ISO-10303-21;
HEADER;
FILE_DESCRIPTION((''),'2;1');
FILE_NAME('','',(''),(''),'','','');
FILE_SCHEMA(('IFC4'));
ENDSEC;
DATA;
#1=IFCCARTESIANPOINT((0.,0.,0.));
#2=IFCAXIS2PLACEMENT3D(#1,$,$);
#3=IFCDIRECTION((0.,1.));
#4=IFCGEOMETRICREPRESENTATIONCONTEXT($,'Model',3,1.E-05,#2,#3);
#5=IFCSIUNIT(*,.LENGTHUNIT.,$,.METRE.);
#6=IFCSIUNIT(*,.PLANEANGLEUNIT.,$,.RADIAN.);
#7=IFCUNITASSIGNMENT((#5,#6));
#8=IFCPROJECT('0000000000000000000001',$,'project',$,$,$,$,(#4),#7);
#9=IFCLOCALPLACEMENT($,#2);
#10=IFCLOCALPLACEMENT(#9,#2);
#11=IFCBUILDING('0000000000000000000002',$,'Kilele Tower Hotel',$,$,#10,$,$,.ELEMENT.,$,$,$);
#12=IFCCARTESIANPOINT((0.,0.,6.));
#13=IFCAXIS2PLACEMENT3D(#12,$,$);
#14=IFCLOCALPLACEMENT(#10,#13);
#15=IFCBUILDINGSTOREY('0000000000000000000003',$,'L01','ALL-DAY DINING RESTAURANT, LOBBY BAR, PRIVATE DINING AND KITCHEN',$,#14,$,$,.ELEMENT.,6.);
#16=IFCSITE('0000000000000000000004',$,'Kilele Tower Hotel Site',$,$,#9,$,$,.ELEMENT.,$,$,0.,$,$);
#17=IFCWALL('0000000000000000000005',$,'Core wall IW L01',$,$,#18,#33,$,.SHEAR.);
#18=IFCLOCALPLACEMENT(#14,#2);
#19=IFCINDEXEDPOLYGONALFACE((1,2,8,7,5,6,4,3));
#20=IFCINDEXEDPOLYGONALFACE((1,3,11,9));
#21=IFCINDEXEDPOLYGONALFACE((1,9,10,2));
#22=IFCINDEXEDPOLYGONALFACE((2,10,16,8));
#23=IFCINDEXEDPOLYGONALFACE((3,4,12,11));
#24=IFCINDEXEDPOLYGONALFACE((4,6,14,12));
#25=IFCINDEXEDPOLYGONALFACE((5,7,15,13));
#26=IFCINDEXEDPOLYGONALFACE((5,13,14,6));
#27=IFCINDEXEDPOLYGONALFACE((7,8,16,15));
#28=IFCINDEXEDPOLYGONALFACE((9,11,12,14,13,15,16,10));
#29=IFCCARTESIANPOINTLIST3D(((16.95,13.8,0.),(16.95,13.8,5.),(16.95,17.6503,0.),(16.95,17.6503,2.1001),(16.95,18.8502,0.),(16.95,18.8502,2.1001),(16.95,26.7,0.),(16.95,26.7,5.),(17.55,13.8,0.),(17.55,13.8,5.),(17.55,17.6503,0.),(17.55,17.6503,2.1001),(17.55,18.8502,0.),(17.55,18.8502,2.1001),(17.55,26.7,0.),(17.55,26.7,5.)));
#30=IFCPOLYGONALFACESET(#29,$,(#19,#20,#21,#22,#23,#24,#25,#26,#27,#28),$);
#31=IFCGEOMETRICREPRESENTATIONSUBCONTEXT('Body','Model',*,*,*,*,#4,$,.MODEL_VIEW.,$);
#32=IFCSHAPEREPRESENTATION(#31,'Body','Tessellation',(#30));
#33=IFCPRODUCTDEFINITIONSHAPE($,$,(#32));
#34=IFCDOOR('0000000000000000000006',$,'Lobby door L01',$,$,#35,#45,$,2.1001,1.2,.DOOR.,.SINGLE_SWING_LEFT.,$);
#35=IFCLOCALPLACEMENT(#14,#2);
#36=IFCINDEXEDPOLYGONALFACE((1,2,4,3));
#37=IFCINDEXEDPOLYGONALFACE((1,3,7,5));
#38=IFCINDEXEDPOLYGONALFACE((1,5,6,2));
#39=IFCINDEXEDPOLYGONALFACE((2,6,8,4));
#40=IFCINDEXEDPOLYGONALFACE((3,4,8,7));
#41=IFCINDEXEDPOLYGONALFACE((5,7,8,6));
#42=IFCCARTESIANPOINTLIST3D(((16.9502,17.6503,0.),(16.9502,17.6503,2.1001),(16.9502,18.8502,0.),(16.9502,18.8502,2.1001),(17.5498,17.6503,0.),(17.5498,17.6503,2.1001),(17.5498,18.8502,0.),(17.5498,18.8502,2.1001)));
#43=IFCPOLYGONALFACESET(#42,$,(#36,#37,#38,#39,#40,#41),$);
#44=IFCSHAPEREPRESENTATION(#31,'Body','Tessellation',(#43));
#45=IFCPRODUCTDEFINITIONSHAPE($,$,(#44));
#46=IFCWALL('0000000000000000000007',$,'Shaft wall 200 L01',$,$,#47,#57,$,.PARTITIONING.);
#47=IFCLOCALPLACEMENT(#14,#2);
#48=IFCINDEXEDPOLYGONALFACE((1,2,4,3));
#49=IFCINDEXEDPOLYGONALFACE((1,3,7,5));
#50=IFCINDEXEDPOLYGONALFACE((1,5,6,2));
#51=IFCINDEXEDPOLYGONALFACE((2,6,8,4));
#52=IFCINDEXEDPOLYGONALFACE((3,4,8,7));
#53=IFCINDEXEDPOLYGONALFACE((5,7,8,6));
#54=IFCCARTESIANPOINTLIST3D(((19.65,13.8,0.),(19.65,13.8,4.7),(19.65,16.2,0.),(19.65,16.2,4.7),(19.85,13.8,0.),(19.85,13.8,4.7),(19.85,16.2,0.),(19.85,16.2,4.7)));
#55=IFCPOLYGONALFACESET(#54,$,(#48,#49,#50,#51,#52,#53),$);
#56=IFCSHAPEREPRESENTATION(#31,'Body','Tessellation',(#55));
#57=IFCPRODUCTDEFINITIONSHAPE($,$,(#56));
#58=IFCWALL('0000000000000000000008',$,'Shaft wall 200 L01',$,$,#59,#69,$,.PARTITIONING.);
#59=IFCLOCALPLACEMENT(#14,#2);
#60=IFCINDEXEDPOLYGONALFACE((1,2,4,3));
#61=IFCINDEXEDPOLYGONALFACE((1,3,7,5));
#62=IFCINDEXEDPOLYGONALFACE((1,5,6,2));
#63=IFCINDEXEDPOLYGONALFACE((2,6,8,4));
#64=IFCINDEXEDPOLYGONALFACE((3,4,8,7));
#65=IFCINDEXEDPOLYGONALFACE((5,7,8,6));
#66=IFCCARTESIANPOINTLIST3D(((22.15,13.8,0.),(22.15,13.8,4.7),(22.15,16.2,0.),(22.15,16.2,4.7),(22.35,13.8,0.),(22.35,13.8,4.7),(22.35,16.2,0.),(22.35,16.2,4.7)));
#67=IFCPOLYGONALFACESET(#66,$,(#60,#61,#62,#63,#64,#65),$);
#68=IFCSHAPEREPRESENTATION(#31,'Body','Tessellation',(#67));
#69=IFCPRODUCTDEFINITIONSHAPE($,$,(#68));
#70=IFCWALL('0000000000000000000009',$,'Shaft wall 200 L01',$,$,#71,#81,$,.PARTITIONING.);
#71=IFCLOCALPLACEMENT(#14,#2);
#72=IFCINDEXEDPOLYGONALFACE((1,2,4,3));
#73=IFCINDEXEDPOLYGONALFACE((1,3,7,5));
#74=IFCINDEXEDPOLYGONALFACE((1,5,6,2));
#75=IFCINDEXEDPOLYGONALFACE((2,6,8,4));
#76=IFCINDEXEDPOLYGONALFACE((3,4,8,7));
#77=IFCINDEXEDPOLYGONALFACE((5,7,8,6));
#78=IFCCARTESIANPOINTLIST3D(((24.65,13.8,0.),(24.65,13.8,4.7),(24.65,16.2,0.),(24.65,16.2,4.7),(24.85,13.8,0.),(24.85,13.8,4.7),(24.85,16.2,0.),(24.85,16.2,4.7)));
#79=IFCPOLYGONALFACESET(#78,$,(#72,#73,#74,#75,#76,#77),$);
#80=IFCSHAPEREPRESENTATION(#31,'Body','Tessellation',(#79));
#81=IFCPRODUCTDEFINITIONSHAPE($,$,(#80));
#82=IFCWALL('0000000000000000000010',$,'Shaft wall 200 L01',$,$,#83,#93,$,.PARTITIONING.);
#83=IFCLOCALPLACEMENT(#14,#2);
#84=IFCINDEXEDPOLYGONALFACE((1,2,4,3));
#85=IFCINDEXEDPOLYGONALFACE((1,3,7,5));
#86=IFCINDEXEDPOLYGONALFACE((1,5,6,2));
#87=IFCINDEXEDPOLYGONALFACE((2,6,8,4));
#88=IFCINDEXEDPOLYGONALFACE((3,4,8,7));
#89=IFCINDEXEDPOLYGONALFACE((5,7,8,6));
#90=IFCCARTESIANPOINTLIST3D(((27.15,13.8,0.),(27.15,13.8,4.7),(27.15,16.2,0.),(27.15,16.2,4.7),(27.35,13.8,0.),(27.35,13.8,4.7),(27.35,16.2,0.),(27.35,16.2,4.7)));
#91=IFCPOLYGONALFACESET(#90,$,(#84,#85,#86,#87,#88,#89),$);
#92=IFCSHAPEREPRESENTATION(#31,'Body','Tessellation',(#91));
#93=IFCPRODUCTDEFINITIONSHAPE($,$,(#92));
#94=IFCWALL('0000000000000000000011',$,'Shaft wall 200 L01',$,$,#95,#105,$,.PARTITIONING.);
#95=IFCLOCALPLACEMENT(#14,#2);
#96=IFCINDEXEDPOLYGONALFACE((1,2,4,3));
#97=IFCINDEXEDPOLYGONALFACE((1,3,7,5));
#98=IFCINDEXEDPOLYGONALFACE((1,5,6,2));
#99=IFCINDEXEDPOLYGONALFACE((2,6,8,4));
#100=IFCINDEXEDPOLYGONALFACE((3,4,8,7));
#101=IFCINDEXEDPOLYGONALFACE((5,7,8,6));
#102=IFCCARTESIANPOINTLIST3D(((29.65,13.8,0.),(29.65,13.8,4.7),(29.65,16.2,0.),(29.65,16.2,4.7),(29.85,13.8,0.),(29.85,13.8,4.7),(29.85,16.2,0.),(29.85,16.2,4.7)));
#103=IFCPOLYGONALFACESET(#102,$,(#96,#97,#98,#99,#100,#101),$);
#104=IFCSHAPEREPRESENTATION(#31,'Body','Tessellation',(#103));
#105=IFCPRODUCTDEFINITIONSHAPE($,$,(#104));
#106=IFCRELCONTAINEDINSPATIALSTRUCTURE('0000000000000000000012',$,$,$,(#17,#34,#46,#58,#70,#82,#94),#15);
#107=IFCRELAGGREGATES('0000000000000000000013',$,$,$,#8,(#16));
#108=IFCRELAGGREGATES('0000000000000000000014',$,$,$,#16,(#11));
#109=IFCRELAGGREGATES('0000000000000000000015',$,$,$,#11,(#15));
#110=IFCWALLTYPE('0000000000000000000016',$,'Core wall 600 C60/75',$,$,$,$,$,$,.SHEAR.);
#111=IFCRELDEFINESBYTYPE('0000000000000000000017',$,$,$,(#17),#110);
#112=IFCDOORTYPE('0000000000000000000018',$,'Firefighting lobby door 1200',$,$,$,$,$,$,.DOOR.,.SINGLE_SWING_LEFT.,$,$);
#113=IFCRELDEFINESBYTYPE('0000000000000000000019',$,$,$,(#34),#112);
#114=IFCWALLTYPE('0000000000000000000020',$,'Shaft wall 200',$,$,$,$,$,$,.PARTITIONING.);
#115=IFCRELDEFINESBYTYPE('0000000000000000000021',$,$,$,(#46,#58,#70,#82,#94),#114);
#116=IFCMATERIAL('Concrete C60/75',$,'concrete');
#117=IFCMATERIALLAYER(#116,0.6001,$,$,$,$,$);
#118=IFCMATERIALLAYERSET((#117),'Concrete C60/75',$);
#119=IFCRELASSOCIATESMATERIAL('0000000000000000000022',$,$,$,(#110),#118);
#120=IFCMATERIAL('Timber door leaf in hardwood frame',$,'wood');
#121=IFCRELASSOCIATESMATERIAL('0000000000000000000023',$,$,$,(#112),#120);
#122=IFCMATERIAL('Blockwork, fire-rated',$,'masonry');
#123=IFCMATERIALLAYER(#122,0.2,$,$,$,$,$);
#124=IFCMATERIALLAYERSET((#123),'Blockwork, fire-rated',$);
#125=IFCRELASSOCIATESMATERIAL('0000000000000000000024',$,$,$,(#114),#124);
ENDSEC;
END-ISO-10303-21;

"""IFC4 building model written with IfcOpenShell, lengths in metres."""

from ifc_helpers import new_model, si_unit, direction, frame, frame_2d, origin, place, context, subcontext, project, spatial, rectangle, extrude, material, layer, layer_set, type_object, element, fill, save


model = new_model("IFC4")

# Units and contexts
model_context = context("Model", 3, precision=1e-05, world=origin(), true_north=direction((0.0, 1.0)))
body_context = subcontext(model_context, "Body", "Model", "MODEL_VIEW")
ifc_project = project(units=[si_unit("LENGTHUNIT", "METRE"), si_unit("PLANEANGLEUNIT", "RADIAN")], contexts=[model_context])

# Site, building, storey
site_placement = place(None, origin())
site = spatial("IfcSite", under=ifc_project, at=site_placement, Name="Kilele Tower Hotel Site", CompositionType="ELEMENT", RefElevation=0.0)
building_placement = place(site_placement, origin())
building = spatial("IfcBuilding", under=site, at=building_placement, Name="Kilele Tower Hotel", CompositionType="ELEMENT")
storey_placement = place(building_placement, frame((0.0, 0.0, 6.0)))
storey = spatial("IfcBuildingStorey", under=building, at=storey_placement, Name="L01", Description="ALL-DAY DINING RESTAURANT, LOBBY BAR, PRIVATE DINING AND KITCHEN", CompositionType="ELEMENT", Elevation=6.0)

# Wall, opening, door
ifc_material_1 = material(Name="Concrete C60/75", Category="concrete")
ifc_layer_1 = layer(ifc_material_1, 0.6001)
ifc_layer_set_1 = layer_set([ifc_layer_1], Name="Concrete C60/75")
wall_type_1 = type_object("IfcWallType", Name="Core wall 600 C60/75", PredefinedType="SHEAR", material=ifc_layer_set_1)
wall_placement = place(storey_placement, frame((17.25, 13.8, 0.0), z_axis=(0.0, 0.0, 1.0), x_axis=(0.0, 1.0, 0.0)))
wall = element("IfcWall", 1, at=wall_placement, inside=storey, type_object=wall_type_1, Name="Core wall IW L01", PredefinedType="SHEAR", context=body_context, shape_type="SweptSolid", body=[
    extrude(rectangle(XDim=12.8999, YDim=0.6001, at=frame_2d((6.45, 0.0))), origin(), (0.0, 0.0, 1.0), 5.0),
])
opening_placement = place(wall_placement, frame((3.8501, 0.0, 0.0)))
opening = element("IfcOpeningElement", 2, at=opening_placement, cuts=wall, PredefinedType="OPENING", context=body_context, shape_type="SweptSolid", body=[
    extrude(rectangle(XDim=1.2, YDim=2.1001, at=frame_2d((0.6001, 1.05))), frame((0.0, 0.3101, 0.0), z_axis=(0.0, -1.0, 0.0), x_axis=(1.0, 0.0, 0.0)), (0.0, 0.0, 1.0), 0.6201),
])
ifc_material_2 = material(Name="Timber door leaf in hardwood frame", Category="wood")
door_type = type_object("IfcDoorType", Name="Firefighting lobby door 1200", OperationType="SINGLE_SWING_LEFT", PredefinedType="DOOR", material=ifc_material_2)
door_placement = place(opening_placement, origin())
door = element("IfcDoor", 3, at=door_placement, inside=storey, type_object=door_type, Name="Lobby door L01", OperationType="SINGLE_SWING_LEFT", OverallHeight=2.1001, OverallWidth=1.2, PredefinedType="DOOR", context=body_context, shape_type="SweptSolid", body=[
    extrude(rectangle(XDim=1.2, YDim=2.1001, at=frame_2d((0.6001, 1.05))), frame((0.0, 0.2998, 0.0), z_axis=(0.0, -1.0, 0.0), x_axis=(1.0, 0.0, 0.0)), (0.0, 0.0, 1.0), 0.5996),
])
fill(opening, door)

# Walls
ifc_material_3 = material(Name="Blockwork, fire-rated", Category="masonry")
ifc_layer_2 = layer(ifc_material_3, 0.2)
ifc_layer_set_2 = layer_set([ifc_layer_2], Name="Blockwork, fire-rated")
wall_type_2 = type_object("IfcWallType", Name="Shaft wall 200", PredefinedType="PARTITIONING", material=ifc_layer_set_2)
for number, where, z_axis, x_axis, name in (
    (4, (19.75, 13.8, 0.0), (0.0, 0.0, 1.0), (0.0, 1.0, 0.0), "Shaft wall 200 L01"),
    (5, (22.25, 13.8, 0.0), (0.0, 0.0, 1.0), (0.0, 1.0, 0.0), "Shaft wall 200 L01"),
    (6, (24.75, 13.8, 0.0), (0.0, 0.0, 1.0), (0.0, 1.0, 0.0), "Shaft wall 200 L01"),
    (7, (27.25, 13.8, 0.0), (0.0, 0.0, 1.0), (0.0, 1.0, 0.0), "Shaft wall 200 L01"),
    (8, (29.75, 13.8, 0.0), (0.0, 0.0, 1.0), (0.0, 1.0, 0.0), "Shaft wall 200 L01"),
):
    element("IfcWall", number, at=place(storey_placement, frame(where, z_axis=z_axis, x_axis=x_axis)), inside=storey, type_object=wall_type_2, Name=name, PredefinedType="PARTITIONING", context=body_context, shape_type="SweptSolid", body=[
        extrude(rectangle(XDim=2.3999, YDim=0.2, at=frame_2d((1.2, 0.0))), origin(), (0.0, 0.0, 1.0), 4.7),
    ])

save(model, "model.ifc")
